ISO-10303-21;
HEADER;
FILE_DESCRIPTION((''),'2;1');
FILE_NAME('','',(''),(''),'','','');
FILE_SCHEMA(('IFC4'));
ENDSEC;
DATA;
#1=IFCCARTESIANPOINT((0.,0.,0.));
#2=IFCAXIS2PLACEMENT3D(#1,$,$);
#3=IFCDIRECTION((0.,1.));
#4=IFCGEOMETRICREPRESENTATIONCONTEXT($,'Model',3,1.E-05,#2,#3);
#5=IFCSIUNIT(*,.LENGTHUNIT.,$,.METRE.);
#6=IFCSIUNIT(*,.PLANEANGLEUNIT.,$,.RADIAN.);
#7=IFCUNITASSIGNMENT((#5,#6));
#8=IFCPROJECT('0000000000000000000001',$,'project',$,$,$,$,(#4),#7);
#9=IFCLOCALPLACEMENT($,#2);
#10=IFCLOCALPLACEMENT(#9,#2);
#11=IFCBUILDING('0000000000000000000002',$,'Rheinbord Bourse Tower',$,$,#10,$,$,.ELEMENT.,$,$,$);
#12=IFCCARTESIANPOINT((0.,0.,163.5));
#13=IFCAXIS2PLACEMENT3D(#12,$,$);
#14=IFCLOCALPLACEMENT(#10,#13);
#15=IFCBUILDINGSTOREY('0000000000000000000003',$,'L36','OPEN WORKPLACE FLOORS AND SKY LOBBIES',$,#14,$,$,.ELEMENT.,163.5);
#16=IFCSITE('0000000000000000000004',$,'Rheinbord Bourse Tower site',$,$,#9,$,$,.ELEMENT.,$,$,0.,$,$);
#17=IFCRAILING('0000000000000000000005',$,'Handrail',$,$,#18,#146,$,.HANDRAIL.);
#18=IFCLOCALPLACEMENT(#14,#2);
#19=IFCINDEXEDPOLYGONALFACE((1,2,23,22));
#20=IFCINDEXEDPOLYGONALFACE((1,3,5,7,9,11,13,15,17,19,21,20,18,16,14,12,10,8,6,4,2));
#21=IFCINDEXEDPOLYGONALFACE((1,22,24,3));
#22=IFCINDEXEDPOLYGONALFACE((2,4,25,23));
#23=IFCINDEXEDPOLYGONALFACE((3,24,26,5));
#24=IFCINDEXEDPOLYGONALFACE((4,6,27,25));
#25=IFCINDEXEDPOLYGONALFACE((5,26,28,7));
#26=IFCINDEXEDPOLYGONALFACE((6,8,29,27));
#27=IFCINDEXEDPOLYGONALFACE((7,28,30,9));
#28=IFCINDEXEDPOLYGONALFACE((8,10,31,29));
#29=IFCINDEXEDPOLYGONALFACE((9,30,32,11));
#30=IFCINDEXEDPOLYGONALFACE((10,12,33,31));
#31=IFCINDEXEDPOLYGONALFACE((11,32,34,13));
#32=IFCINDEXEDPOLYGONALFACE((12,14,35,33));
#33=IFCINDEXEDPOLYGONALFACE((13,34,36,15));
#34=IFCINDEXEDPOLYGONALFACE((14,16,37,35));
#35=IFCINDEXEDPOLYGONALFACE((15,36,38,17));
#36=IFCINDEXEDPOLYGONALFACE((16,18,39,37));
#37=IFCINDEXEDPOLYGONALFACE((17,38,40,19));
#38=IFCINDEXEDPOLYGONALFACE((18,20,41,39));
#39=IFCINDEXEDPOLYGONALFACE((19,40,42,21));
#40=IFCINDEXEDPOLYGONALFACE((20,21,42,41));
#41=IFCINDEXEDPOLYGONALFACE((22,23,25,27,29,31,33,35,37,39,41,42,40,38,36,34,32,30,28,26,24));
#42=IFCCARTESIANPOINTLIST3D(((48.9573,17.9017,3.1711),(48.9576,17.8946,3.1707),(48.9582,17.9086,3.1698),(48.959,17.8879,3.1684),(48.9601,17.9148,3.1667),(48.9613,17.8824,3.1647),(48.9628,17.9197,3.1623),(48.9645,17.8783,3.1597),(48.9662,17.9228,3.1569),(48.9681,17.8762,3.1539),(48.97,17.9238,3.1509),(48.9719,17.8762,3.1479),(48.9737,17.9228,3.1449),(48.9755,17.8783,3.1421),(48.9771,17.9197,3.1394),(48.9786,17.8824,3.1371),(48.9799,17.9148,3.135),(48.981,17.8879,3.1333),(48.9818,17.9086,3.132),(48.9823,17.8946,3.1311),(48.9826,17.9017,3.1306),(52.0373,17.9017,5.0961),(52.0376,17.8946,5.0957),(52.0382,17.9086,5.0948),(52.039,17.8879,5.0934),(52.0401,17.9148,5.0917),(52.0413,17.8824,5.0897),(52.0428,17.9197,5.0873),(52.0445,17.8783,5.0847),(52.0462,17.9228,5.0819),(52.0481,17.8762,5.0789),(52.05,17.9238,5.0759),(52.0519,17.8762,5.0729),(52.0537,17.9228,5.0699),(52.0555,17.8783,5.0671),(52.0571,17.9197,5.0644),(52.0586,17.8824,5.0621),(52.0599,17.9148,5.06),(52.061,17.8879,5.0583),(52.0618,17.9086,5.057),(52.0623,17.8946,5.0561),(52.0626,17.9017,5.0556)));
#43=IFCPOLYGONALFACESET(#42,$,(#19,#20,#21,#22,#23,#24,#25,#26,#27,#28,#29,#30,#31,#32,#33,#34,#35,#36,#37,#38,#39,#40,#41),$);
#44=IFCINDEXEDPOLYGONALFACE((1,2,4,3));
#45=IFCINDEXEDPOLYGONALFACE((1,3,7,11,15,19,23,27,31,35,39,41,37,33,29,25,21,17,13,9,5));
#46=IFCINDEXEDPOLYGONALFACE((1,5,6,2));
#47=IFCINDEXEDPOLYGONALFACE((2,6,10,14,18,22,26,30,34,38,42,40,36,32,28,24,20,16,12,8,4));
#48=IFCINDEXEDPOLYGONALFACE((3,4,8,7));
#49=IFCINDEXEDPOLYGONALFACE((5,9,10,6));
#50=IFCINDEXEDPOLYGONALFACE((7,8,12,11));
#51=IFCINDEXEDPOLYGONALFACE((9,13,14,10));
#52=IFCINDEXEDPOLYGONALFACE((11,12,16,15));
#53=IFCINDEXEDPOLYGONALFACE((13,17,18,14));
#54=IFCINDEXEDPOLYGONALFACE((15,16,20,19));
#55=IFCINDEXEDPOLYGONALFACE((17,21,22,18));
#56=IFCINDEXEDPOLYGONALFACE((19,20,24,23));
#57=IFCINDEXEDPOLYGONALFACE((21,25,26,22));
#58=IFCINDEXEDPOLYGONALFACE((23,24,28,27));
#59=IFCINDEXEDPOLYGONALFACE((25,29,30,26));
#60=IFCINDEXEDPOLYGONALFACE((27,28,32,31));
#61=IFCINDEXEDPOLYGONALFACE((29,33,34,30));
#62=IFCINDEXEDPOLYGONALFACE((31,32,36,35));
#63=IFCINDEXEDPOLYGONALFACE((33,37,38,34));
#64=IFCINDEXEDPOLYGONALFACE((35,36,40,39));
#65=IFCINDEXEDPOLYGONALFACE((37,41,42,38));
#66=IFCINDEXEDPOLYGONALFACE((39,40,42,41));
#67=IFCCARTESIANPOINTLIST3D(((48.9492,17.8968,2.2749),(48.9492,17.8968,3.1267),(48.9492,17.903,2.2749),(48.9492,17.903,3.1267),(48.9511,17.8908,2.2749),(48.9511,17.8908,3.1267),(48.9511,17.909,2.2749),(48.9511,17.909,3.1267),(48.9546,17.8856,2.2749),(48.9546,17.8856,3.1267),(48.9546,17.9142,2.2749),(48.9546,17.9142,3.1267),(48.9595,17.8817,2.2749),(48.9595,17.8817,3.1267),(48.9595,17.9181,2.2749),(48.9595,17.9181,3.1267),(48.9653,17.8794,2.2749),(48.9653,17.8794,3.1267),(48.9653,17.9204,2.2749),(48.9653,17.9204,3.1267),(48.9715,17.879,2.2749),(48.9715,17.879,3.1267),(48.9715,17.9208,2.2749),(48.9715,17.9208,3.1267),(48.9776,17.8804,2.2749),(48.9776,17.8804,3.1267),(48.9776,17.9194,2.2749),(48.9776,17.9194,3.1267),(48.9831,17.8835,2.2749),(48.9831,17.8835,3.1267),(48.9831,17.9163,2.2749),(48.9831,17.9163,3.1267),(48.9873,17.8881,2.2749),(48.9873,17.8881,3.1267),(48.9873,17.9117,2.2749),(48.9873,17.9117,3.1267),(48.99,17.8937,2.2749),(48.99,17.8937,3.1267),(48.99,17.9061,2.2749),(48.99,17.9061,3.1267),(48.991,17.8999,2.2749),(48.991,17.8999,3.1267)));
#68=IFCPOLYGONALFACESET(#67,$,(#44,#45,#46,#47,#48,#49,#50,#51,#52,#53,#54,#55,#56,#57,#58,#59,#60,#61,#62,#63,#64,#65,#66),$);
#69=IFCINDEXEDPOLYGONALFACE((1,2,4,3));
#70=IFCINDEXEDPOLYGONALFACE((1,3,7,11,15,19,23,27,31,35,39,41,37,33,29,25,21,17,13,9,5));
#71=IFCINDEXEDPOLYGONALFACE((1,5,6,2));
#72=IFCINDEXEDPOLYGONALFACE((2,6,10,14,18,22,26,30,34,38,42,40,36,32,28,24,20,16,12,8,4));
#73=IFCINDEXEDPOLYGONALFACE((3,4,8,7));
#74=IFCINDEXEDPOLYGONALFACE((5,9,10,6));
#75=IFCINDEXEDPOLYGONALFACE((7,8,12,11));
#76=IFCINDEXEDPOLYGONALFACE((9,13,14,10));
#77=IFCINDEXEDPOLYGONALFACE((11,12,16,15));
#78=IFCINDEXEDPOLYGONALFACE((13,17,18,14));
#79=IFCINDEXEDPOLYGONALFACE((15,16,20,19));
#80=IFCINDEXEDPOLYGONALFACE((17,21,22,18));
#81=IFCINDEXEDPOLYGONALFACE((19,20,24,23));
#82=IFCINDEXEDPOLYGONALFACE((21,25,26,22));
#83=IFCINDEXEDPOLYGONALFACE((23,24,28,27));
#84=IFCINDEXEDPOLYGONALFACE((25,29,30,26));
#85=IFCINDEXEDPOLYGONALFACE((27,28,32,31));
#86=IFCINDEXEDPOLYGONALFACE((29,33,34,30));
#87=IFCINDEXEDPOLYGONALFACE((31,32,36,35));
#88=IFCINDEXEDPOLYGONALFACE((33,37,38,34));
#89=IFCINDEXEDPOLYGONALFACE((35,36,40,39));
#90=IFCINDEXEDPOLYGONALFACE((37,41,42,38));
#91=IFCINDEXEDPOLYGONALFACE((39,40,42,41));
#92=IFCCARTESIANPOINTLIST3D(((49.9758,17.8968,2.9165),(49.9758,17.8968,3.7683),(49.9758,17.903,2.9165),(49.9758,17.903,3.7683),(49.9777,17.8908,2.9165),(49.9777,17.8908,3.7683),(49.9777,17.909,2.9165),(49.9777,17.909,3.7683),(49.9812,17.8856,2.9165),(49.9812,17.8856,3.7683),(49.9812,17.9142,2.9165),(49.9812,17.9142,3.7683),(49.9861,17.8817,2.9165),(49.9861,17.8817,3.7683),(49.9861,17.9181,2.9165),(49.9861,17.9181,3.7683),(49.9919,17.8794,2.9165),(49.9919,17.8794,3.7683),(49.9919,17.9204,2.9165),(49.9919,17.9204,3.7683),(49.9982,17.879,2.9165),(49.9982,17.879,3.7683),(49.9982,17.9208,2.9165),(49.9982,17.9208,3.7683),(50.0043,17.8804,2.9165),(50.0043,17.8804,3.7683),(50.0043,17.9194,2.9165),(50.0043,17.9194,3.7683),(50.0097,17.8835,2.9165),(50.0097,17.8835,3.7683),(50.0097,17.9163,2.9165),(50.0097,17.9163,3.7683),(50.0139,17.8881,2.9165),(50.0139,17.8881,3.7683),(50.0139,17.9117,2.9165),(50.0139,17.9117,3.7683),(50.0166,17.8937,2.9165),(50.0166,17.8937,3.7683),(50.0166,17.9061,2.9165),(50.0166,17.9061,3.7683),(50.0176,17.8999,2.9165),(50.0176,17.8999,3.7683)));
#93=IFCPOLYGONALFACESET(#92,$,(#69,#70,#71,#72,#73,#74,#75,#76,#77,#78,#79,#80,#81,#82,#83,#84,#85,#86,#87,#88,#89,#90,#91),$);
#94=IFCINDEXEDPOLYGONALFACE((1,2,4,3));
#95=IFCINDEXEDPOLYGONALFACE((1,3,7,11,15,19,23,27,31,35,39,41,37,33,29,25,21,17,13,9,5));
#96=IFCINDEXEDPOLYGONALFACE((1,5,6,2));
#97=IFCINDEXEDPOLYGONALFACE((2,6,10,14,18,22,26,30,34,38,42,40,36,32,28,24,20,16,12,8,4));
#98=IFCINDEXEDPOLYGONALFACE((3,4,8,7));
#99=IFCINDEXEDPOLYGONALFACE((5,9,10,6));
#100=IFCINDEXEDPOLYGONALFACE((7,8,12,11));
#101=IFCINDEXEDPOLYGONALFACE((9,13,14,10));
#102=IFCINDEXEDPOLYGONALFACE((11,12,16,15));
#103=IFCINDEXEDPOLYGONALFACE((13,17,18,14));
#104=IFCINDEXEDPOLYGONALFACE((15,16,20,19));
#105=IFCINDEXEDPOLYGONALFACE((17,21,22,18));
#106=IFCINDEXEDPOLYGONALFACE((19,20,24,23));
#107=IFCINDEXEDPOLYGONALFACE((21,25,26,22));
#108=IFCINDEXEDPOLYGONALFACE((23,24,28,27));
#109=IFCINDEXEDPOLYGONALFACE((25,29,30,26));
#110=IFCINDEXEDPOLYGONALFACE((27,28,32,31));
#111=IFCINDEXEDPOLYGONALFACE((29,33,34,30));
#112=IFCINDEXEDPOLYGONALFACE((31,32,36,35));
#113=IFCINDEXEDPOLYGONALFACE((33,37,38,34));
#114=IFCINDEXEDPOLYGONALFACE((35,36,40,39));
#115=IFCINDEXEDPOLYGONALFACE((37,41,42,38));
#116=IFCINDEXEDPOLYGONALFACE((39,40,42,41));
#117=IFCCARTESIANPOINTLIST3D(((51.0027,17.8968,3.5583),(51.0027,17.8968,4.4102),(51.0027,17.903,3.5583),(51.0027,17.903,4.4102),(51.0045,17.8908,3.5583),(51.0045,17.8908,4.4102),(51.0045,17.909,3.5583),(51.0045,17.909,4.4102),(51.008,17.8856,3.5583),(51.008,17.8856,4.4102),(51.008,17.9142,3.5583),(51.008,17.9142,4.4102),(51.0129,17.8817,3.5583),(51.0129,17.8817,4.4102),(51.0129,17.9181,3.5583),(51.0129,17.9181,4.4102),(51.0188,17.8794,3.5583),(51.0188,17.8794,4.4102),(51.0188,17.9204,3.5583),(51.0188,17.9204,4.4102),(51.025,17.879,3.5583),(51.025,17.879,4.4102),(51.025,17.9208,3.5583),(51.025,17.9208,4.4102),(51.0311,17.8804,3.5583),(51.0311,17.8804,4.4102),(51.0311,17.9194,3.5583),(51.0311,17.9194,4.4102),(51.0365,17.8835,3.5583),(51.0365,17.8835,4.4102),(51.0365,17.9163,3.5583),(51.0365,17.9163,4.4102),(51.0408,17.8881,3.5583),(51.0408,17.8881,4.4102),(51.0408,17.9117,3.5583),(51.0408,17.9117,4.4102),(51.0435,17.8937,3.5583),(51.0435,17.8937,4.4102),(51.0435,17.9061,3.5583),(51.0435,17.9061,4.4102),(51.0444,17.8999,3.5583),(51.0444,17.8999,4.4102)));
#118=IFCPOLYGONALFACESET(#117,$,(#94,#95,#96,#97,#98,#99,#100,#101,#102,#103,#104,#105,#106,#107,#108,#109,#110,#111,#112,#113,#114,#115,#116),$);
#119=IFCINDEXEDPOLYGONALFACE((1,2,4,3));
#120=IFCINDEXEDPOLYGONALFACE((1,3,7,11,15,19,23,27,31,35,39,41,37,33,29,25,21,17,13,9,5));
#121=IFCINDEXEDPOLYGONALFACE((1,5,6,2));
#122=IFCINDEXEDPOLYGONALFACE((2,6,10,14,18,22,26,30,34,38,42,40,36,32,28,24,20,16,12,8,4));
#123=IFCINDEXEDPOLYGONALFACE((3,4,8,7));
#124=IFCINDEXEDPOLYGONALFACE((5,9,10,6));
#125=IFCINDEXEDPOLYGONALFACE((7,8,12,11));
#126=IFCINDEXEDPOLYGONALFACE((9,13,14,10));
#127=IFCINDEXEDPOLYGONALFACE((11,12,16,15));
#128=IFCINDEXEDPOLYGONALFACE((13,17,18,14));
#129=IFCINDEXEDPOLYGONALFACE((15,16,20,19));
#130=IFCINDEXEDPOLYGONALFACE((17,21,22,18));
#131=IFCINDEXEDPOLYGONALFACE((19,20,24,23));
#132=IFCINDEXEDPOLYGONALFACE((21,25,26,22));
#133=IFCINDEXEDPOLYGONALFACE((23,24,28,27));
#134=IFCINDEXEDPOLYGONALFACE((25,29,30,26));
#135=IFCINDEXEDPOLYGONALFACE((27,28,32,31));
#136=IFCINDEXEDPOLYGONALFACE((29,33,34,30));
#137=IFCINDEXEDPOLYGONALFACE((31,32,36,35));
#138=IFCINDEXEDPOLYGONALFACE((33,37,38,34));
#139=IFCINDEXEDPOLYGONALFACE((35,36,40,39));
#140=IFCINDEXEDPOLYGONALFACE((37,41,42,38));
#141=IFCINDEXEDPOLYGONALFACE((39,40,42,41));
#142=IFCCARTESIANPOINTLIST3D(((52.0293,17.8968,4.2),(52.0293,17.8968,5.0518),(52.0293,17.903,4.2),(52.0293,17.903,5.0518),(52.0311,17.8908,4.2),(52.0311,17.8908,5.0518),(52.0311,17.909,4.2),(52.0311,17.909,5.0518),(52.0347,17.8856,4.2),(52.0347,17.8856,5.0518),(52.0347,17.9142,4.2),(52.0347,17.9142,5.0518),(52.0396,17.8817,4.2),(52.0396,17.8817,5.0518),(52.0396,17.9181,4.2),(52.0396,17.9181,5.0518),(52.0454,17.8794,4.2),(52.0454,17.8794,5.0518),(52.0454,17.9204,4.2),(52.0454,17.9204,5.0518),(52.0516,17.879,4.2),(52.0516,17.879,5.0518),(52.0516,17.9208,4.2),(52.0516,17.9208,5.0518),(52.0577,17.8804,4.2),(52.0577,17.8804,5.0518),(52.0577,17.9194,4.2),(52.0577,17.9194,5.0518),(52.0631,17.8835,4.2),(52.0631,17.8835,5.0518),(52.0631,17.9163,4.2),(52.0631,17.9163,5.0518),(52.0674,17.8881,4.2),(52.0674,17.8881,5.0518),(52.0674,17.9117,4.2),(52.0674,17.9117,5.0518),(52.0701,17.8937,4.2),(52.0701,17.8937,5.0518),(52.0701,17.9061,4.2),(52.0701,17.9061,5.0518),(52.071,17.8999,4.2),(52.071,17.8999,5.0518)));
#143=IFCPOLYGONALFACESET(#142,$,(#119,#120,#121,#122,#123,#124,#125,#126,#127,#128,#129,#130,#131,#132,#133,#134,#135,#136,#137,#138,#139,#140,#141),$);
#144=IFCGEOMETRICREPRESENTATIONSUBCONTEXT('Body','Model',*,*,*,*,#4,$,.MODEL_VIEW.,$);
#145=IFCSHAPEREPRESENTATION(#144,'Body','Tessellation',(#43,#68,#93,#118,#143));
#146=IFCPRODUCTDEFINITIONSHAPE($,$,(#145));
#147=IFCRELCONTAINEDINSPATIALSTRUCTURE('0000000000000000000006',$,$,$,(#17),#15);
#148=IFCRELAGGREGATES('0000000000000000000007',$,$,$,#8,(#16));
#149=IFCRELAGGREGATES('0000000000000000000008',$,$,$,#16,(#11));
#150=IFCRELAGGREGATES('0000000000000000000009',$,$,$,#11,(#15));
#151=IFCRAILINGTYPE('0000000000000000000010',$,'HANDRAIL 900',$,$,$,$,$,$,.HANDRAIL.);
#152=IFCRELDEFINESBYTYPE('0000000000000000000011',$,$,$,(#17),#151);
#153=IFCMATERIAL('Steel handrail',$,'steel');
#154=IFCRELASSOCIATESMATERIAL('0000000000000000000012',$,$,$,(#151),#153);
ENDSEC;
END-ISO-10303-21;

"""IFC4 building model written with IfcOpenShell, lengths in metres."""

from ifc_helpers import new_model, si_unit, direction, frame, origin, origin_2d, place, context, subcontext, project, spatial, circle, extrude, material, type_object, element, save


model = new_model("IFC4")

# Units and contexts
model_context = context("Model", 3, precision=1e-05, world=origin(), true_north=direction((0.0, 1.0)))
body_context = subcontext(model_context, "Body", "Model", "MODEL_VIEW")
ifc_project = project(units=[si_unit("LENGTHUNIT", "METRE"), si_unit("PLANEANGLEUNIT", "RADIAN")], contexts=[model_context])

# Site, building, storey
site_placement = place(None, origin())
site = spatial("IfcSite", under=ifc_project, at=site_placement, Name="Rheinbord Bourse Tower site", CompositionType="ELEMENT", RefElevation=0.0)
building_placement = place(site_placement, origin())
building = spatial("IfcBuilding", under=site, at=building_placement, Name="Rheinbord Bourse Tower", CompositionType="ELEMENT")
storey_placement = place(building_placement, frame((0.0, 0.0, 163.5)))
storey = spatial("IfcBuildingStorey", under=building, at=storey_placement, Name="L36", Description="OPEN WORKPLACE FLOORS AND SKY LOBBIES", CompositionType="ELEMENT", Elevation=163.5)

# Railing
ifc_material_1 = material(Name="Steel handrail", Category="steel")
railing_type = type_object("IfcRailingType", Name="HANDRAIL 900", PredefinedType="HANDRAIL", material=ifc_material_1)
railing_1_placement = place(storey_placement, frame((48.97, 17.8999, 2.2749)))
element("IfcRailing", 1, at=railing_1_placement, inside=storey, type_object=railing_type, Name="Handrail", PredefinedType="HANDRAIL", context=body_context, shape_type="SweptSolid", body=[
    extrude(circle(Radius=0.0239, at=origin_2d()), frame((0.0, 0.0, 0.876), z_axis=(0.847998, 0.0, 0.529999), x_axis=(0.0, 1.0, 0.0)), (0.0, 0.0, 1.0), 3.6321),
    extrude(circle(Radius=0.021, at=origin_2d()), origin(), (0.0, 0.0, 1.0), 0.8518),
    extrude(circle(Radius=0.021, at=origin_2d()), frame((1.0266, 0.0, 0.6416)), (0.0, 0.0, 1.0), 0.8518),
    extrude(circle(Radius=0.021, at=origin_2d()), frame((2.0535, 0.0, 1.2834)), (0.0, 0.0, 1.0), 0.8518),
    extrude(circle(Radius=0.021, at=origin_2d()), frame((3.0801, 0.0, 1.925)), (0.0, 0.0, 1.0), 0.8518),
])

save(model, "model.ifc")
